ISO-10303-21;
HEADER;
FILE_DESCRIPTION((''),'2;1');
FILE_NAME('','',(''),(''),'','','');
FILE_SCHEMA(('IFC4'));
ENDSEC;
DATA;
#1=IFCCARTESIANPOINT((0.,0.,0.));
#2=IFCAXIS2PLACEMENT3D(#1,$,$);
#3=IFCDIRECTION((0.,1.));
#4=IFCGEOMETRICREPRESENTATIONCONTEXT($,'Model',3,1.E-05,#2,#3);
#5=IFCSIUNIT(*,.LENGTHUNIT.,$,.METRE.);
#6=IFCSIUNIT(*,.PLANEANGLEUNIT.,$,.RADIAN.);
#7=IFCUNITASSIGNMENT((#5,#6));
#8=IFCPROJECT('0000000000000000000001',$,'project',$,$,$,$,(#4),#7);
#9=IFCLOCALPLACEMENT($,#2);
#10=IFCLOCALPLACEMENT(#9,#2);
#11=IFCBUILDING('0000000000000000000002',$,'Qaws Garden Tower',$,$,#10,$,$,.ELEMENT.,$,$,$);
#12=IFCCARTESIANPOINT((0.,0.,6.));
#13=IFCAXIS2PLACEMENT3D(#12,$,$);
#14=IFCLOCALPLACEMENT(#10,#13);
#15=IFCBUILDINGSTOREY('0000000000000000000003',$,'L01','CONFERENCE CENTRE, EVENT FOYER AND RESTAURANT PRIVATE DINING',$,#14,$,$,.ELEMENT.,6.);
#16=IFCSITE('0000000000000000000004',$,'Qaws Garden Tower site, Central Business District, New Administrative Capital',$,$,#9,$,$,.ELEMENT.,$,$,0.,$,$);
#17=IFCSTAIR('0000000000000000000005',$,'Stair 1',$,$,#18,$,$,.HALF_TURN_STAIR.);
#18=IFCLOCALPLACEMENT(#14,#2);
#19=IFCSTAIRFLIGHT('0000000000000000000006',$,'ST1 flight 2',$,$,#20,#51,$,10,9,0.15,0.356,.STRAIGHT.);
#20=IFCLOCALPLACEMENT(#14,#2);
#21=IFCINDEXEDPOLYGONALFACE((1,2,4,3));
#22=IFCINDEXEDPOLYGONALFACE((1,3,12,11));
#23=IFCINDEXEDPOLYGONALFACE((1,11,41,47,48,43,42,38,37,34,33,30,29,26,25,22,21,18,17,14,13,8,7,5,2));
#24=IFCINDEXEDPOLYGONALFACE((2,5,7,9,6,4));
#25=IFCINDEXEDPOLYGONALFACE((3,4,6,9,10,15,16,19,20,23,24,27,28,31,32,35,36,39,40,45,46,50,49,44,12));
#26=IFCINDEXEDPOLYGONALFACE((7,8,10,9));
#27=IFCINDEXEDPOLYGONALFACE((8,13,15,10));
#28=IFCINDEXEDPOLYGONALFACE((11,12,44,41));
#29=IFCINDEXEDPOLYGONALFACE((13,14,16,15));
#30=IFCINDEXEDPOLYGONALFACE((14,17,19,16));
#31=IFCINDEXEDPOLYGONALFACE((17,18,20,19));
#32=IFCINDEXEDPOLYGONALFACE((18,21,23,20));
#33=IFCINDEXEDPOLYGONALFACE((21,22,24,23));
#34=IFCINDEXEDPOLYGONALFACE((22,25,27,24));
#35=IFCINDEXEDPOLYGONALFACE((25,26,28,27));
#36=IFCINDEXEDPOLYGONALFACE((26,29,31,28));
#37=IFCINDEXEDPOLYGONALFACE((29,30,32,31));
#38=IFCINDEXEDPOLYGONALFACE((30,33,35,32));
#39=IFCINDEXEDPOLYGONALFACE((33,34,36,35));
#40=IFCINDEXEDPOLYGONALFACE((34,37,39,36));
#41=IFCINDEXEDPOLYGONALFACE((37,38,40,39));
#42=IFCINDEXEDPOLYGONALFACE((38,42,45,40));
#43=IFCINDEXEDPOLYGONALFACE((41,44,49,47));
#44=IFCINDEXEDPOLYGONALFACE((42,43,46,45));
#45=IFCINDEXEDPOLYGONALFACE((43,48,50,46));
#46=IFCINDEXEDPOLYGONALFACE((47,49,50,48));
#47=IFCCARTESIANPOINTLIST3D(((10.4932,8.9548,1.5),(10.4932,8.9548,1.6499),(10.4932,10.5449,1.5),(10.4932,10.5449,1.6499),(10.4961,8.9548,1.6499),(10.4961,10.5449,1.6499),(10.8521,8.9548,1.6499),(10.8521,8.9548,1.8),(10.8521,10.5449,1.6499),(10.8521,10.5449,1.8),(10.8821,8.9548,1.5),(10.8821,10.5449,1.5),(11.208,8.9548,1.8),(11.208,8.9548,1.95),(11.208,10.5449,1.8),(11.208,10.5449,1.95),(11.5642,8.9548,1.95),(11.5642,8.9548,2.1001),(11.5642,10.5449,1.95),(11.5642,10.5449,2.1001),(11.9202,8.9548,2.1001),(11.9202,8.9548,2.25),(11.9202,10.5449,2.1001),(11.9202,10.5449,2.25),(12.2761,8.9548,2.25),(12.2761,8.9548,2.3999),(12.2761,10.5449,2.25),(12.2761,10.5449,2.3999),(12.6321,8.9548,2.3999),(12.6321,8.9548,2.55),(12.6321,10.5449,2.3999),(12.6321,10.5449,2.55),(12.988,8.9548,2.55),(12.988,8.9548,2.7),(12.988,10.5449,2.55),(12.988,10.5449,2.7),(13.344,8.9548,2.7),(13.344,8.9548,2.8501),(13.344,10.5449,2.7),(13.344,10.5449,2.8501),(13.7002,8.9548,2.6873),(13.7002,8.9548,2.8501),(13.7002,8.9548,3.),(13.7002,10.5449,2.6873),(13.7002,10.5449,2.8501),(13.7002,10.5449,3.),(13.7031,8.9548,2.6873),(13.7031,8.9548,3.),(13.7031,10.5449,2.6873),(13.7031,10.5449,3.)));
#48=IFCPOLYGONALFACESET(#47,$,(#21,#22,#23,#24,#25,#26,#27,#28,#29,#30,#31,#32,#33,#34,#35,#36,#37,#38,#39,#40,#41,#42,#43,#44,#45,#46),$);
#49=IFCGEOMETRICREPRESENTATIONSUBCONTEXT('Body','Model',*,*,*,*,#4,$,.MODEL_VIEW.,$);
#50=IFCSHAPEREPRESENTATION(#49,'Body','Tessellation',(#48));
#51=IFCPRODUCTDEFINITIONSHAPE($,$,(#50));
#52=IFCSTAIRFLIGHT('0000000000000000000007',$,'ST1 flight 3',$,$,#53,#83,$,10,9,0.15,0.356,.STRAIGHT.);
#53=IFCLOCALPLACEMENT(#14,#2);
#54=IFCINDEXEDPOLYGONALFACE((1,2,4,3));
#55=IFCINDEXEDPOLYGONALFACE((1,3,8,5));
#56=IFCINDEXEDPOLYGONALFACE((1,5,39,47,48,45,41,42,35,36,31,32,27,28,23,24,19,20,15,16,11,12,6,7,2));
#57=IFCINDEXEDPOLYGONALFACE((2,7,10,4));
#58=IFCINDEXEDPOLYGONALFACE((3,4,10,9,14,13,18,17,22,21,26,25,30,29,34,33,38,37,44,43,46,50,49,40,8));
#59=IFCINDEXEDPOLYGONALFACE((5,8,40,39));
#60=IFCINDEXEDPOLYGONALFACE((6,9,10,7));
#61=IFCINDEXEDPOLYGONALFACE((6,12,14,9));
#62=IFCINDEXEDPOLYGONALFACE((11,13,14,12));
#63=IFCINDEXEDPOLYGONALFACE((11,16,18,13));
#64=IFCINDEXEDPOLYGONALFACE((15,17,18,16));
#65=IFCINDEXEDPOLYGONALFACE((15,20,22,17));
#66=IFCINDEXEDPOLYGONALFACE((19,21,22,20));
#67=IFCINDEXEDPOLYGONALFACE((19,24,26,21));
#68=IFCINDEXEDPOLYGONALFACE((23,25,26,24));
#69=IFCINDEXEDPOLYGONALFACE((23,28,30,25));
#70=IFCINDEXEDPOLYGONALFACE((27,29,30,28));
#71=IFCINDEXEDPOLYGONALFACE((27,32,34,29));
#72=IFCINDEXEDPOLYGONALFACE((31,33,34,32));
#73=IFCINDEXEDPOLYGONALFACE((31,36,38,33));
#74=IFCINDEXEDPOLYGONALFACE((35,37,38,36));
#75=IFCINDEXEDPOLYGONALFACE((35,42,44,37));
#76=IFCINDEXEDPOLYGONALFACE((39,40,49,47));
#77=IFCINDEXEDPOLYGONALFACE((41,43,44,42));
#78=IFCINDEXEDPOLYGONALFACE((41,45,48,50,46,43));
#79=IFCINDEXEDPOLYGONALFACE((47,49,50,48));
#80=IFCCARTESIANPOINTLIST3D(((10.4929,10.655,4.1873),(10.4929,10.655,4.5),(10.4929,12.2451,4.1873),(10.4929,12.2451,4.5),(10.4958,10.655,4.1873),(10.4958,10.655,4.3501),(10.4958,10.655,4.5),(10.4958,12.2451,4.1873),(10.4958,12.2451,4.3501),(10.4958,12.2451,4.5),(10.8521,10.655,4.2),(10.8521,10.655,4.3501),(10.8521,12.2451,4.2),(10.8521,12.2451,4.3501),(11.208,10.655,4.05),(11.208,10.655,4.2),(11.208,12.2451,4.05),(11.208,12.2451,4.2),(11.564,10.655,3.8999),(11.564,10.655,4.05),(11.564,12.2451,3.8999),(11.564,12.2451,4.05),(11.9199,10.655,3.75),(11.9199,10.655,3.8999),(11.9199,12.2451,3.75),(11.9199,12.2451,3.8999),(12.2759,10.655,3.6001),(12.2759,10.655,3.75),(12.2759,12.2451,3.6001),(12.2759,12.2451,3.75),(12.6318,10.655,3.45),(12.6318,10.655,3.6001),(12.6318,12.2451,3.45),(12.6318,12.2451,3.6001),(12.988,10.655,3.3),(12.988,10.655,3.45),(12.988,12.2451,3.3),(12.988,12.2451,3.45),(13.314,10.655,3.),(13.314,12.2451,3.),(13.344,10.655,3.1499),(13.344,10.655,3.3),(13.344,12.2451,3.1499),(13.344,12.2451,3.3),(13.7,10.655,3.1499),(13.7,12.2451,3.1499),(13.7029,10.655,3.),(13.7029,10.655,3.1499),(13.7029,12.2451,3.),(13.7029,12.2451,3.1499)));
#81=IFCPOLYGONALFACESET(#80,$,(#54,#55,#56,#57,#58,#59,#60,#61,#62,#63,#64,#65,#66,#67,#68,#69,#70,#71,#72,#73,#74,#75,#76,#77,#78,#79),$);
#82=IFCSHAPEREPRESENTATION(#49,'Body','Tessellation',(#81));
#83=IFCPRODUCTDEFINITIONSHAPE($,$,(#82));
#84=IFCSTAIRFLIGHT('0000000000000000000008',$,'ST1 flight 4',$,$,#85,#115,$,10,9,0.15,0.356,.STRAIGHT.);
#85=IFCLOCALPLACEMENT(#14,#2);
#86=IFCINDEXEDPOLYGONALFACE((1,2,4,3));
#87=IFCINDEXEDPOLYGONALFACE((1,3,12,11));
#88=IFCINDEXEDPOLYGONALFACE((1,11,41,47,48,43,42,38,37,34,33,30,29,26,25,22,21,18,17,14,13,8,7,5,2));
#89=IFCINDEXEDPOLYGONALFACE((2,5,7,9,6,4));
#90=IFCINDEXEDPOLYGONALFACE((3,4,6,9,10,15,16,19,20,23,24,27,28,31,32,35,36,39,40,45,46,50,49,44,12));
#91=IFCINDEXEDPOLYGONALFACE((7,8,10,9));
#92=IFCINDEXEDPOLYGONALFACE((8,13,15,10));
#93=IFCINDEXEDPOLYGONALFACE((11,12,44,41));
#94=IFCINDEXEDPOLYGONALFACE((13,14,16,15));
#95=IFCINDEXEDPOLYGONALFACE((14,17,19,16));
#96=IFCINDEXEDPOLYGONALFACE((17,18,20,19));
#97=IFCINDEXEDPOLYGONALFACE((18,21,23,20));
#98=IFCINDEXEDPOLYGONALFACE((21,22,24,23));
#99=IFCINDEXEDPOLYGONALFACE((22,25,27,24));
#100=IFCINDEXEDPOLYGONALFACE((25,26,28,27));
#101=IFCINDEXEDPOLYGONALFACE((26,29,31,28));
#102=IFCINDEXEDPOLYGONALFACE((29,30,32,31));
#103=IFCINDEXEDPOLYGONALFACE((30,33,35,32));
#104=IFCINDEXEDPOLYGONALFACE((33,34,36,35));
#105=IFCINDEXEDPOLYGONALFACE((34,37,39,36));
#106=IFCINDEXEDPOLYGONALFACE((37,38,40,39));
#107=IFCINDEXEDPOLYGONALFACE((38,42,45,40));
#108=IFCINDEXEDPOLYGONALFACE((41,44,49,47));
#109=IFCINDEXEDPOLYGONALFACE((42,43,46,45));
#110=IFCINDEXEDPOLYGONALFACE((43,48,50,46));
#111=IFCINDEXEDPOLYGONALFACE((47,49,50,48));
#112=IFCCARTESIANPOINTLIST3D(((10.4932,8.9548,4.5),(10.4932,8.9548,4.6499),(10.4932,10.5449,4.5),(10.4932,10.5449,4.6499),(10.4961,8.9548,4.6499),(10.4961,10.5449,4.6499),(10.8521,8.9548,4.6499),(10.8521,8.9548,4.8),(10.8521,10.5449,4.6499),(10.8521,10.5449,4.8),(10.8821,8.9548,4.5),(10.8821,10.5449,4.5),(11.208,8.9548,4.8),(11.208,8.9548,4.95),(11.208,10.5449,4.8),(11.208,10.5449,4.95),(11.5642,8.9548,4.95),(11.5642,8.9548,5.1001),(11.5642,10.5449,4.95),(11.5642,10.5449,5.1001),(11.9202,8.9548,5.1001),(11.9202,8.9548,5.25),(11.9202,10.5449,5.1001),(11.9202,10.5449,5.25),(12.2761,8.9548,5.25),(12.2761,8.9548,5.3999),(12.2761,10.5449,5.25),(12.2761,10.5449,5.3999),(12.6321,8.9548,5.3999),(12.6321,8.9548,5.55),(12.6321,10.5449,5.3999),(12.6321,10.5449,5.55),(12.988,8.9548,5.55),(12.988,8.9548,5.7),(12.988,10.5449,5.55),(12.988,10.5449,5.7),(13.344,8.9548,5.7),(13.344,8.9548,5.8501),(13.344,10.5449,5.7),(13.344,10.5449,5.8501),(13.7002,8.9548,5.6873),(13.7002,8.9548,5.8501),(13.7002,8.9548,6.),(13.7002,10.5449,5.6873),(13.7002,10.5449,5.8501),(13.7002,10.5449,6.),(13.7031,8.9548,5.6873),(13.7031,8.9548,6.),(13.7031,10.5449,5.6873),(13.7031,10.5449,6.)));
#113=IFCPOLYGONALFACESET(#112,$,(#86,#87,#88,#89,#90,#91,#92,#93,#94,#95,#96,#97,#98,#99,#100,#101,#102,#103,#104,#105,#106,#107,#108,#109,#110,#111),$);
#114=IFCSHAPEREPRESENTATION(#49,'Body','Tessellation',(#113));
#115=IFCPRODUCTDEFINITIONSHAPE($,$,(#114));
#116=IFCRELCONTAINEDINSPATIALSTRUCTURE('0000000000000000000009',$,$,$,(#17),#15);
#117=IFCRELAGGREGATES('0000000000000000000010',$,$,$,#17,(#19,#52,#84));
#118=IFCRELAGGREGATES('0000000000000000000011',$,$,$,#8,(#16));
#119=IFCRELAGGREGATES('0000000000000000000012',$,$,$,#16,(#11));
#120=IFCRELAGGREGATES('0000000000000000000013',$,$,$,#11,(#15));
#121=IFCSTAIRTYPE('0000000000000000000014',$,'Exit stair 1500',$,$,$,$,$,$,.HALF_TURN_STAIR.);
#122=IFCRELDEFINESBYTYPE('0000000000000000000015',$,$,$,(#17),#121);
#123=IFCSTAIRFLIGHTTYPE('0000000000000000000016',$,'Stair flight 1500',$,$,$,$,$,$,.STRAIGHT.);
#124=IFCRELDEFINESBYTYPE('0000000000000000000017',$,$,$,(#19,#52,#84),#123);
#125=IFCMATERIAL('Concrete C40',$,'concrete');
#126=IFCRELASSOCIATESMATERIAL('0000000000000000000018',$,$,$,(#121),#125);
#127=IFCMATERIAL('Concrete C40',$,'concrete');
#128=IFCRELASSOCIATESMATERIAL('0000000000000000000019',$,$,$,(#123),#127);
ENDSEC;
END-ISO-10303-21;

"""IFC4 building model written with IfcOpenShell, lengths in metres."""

from ifc_helpers import new_model, si_unit, direction, frame, origin, place, context, subcontext, project, spatial, polyline, outline, extrude, material, type_object, element, aggregate, save


model = new_model("IFC4")

# Units and contexts
model_context = context("Model", 3, precision=1e-05, world=origin(), true_north=direction((0.0, 1.0)))
body_context = subcontext(model_context, "Body", "Model", "MODEL_VIEW")
ifc_project = project(units=[si_unit("LENGTHUNIT", "METRE"), si_unit("PLANEANGLEUNIT", "RADIAN")], contexts=[model_context])

# Site, building, storey
site_placement = place(None, origin())
site = spatial("IfcSite", under=ifc_project, at=site_placement, Name="Qaws Garden Tower site, Central Business District, New Administrative Capital", CompositionType="ELEMENT", RefElevation=0.0)
building_placement = place(site_placement, origin())
building = spatial("IfcBuilding", under=site, at=building_placement, Name="Qaws Garden Tower", CompositionType="ELEMENT")
storey_placement = place(building_placement, frame((0.0, 0.0, 6.0)))
storey = spatial("IfcBuildingStorey", under=building, at=storey_placement, Name="L01", Description="CONFERENCE CENTRE, EVENT FOYER AND RESTAURANT PRIVATE DINING", CompositionType="ELEMENT", Elevation=6.0)

# Stair, stair flights
ifc_material_1 = material(Name="Concrete C40", Category="concrete")
stair_type = type_object("IfcStairType", Name="Exit stair 1500", PredefinedType="HALF_TURN_STAIR", material=ifc_material_1)
stair_placement = place(storey_placement, origin())
stair = element("IfcStair", 1, at=stair_placement, inside=storey, type_object=stair_type, Name="Stair 1", PredefinedType="HALF_TURN_STAIR")
ifc_material_2 = material(Name="Concrete C40", Category="concrete")
stair_flight_type = type_object("IfcStairFlightType", Name="Stair flight 1500", PredefinedType="STRAIGHT", material=ifc_material_2)
stair_flight_1_placement = place(storey_placement, frame((10.4961, 9.75, 1.5), z_axis=(0.0, 0.0, 1.0), x_axis=(1.0, 0.0, 0.0)))
stair_flight_1 = element("IfcStairFlight", 2, at=stair_flight_1_placement, type_object=stair_flight_type, Name="ST1 flight 2", NumberOfRisers=10, NumberOfTreads=9, PredefinedType="STRAIGHT", RiserHeight=0.15, TreadLength=0.356, context=body_context, shape_type="SweptSolid", body=[
    extrude(outline(polyline([(-0.0029, 0.0), (-0.0029, 0.1499), (0.0, 0.1499), (0.356, 0.1499), (0.356, 0.3), (0.7119, 0.3), (0.7119, 0.45), (1.0681, 0.45), (1.0681, 0.6001), (1.4241, 0.6001), (1.4241, 0.75), (1.78, 0.75), (1.78, 0.8999), (2.136, 0.8999), (2.136, 1.05), (2.4919, 1.05), (2.4919, 1.2), (2.8479, 1.2), (2.8479, 1.3501), (3.2041, 1.3501), (3.2041, 1.5), (3.207, 1.5), (3.207, 1.1873), (3.2041, 1.1873), (0.386, 0.0), (-0.0029, 0.0)])), frame((0.0, 0.7949, 0.0), z_axis=(0.0, -1.0, 0.0), x_axis=(1.0, 0.0, 0.0)), (0.0, 0.0, 1.0), 1.5901),
])
stair_flight_2_placement = place(storey_placement, frame((13.7, 11.45, 3.0), z_axis=(0.0, 0.0, 1.0), x_axis=(-1.0, 0.0, 0.0)))
stair_flight_2 = element("IfcStairFlight", 3, at=stair_flight_2_placement, type_object=stair_flight_type, Name="ST1 flight 3", NumberOfRisers=10, NumberOfTreads=9, PredefinedType="STRAIGHT", RiserHeight=0.15, TreadLength=0.356, context=body_context, shape_type="SweptSolid", body=[
    extrude(outline(polyline([(-0.0029, 0.0), (-0.0029, 0.1499), (0.0, 0.1499), (0.356, 0.1499), (0.356, 0.3), (0.7119, 0.3), (0.7119, 0.45), (1.0681, 0.45), (1.0681, 0.6001), (1.4241, 0.6001), (1.4241, 0.75), (1.78, 0.75), (1.78, 0.8999), (2.136, 0.8999), (2.136, 1.05), (2.4919, 1.05), (2.4919, 1.2), (2.8479, 1.2), (2.8479, 1.3501), (3.2041, 1.3501), (3.2041, 1.5), (3.207, 1.5), (3.207, 1.1873), (3.2041, 1.1873), (0.386, 0.0), (-0.0029, 0.0)])), frame((0.0, 0.7949, 0.0), z_axis=(0.0, -1.0, 0.0), x_axis=(1.0, 0.0, 0.0)), (0.0, 0.0, 1.0), 1.5901),
])
stair_flight_3_placement = place(storey_placement, frame((10.4961, 9.75, 4.5), z_axis=(0.0, 0.0, 1.0), x_axis=(1.0, 0.0, 0.0)))
stair_flight_3 = element("IfcStairFlight", 4, at=stair_flight_3_placement, type_object=stair_flight_type, Name="ST1 flight 4", NumberOfRisers=10, NumberOfTreads=9, PredefinedType="STRAIGHT", RiserHeight=0.15, TreadLength=0.356, context=body_context, shape_type="SweptSolid", body=[
    extrude(outline(polyline([(-0.0029, 0.0), (-0.0029, 0.1499), (0.0, 0.1499), (0.356, 0.1499), (0.356, 0.3), (0.7119, 0.3), (0.7119, 0.45), (1.0681, 0.45), (1.0681, 0.6001), (1.4241, 0.6001), (1.4241, 0.75), (1.78, 0.75), (1.78, 0.8999), (2.136, 0.8999), (2.136, 1.05), (2.4919, 1.05), (2.4919, 1.2), (2.8479, 1.2), (2.8479, 1.3501), (3.2041, 1.3501), (3.2041, 1.5), (3.207, 1.5), (3.207, 1.1873), (3.2041, 1.1873), (0.386, 0.0), (-0.0029, 0.0)])), frame((0.0, 0.7949, 0.0), z_axis=(0.0, -1.0, 0.0), x_axis=(1.0, 0.0, 0.0)), (0.0, 0.0, 1.0), 1.5901),
])
aggregate(stair, [stair_flight_1, stair_flight_2, stair_flight_3])

save(model, "model.ifc")
